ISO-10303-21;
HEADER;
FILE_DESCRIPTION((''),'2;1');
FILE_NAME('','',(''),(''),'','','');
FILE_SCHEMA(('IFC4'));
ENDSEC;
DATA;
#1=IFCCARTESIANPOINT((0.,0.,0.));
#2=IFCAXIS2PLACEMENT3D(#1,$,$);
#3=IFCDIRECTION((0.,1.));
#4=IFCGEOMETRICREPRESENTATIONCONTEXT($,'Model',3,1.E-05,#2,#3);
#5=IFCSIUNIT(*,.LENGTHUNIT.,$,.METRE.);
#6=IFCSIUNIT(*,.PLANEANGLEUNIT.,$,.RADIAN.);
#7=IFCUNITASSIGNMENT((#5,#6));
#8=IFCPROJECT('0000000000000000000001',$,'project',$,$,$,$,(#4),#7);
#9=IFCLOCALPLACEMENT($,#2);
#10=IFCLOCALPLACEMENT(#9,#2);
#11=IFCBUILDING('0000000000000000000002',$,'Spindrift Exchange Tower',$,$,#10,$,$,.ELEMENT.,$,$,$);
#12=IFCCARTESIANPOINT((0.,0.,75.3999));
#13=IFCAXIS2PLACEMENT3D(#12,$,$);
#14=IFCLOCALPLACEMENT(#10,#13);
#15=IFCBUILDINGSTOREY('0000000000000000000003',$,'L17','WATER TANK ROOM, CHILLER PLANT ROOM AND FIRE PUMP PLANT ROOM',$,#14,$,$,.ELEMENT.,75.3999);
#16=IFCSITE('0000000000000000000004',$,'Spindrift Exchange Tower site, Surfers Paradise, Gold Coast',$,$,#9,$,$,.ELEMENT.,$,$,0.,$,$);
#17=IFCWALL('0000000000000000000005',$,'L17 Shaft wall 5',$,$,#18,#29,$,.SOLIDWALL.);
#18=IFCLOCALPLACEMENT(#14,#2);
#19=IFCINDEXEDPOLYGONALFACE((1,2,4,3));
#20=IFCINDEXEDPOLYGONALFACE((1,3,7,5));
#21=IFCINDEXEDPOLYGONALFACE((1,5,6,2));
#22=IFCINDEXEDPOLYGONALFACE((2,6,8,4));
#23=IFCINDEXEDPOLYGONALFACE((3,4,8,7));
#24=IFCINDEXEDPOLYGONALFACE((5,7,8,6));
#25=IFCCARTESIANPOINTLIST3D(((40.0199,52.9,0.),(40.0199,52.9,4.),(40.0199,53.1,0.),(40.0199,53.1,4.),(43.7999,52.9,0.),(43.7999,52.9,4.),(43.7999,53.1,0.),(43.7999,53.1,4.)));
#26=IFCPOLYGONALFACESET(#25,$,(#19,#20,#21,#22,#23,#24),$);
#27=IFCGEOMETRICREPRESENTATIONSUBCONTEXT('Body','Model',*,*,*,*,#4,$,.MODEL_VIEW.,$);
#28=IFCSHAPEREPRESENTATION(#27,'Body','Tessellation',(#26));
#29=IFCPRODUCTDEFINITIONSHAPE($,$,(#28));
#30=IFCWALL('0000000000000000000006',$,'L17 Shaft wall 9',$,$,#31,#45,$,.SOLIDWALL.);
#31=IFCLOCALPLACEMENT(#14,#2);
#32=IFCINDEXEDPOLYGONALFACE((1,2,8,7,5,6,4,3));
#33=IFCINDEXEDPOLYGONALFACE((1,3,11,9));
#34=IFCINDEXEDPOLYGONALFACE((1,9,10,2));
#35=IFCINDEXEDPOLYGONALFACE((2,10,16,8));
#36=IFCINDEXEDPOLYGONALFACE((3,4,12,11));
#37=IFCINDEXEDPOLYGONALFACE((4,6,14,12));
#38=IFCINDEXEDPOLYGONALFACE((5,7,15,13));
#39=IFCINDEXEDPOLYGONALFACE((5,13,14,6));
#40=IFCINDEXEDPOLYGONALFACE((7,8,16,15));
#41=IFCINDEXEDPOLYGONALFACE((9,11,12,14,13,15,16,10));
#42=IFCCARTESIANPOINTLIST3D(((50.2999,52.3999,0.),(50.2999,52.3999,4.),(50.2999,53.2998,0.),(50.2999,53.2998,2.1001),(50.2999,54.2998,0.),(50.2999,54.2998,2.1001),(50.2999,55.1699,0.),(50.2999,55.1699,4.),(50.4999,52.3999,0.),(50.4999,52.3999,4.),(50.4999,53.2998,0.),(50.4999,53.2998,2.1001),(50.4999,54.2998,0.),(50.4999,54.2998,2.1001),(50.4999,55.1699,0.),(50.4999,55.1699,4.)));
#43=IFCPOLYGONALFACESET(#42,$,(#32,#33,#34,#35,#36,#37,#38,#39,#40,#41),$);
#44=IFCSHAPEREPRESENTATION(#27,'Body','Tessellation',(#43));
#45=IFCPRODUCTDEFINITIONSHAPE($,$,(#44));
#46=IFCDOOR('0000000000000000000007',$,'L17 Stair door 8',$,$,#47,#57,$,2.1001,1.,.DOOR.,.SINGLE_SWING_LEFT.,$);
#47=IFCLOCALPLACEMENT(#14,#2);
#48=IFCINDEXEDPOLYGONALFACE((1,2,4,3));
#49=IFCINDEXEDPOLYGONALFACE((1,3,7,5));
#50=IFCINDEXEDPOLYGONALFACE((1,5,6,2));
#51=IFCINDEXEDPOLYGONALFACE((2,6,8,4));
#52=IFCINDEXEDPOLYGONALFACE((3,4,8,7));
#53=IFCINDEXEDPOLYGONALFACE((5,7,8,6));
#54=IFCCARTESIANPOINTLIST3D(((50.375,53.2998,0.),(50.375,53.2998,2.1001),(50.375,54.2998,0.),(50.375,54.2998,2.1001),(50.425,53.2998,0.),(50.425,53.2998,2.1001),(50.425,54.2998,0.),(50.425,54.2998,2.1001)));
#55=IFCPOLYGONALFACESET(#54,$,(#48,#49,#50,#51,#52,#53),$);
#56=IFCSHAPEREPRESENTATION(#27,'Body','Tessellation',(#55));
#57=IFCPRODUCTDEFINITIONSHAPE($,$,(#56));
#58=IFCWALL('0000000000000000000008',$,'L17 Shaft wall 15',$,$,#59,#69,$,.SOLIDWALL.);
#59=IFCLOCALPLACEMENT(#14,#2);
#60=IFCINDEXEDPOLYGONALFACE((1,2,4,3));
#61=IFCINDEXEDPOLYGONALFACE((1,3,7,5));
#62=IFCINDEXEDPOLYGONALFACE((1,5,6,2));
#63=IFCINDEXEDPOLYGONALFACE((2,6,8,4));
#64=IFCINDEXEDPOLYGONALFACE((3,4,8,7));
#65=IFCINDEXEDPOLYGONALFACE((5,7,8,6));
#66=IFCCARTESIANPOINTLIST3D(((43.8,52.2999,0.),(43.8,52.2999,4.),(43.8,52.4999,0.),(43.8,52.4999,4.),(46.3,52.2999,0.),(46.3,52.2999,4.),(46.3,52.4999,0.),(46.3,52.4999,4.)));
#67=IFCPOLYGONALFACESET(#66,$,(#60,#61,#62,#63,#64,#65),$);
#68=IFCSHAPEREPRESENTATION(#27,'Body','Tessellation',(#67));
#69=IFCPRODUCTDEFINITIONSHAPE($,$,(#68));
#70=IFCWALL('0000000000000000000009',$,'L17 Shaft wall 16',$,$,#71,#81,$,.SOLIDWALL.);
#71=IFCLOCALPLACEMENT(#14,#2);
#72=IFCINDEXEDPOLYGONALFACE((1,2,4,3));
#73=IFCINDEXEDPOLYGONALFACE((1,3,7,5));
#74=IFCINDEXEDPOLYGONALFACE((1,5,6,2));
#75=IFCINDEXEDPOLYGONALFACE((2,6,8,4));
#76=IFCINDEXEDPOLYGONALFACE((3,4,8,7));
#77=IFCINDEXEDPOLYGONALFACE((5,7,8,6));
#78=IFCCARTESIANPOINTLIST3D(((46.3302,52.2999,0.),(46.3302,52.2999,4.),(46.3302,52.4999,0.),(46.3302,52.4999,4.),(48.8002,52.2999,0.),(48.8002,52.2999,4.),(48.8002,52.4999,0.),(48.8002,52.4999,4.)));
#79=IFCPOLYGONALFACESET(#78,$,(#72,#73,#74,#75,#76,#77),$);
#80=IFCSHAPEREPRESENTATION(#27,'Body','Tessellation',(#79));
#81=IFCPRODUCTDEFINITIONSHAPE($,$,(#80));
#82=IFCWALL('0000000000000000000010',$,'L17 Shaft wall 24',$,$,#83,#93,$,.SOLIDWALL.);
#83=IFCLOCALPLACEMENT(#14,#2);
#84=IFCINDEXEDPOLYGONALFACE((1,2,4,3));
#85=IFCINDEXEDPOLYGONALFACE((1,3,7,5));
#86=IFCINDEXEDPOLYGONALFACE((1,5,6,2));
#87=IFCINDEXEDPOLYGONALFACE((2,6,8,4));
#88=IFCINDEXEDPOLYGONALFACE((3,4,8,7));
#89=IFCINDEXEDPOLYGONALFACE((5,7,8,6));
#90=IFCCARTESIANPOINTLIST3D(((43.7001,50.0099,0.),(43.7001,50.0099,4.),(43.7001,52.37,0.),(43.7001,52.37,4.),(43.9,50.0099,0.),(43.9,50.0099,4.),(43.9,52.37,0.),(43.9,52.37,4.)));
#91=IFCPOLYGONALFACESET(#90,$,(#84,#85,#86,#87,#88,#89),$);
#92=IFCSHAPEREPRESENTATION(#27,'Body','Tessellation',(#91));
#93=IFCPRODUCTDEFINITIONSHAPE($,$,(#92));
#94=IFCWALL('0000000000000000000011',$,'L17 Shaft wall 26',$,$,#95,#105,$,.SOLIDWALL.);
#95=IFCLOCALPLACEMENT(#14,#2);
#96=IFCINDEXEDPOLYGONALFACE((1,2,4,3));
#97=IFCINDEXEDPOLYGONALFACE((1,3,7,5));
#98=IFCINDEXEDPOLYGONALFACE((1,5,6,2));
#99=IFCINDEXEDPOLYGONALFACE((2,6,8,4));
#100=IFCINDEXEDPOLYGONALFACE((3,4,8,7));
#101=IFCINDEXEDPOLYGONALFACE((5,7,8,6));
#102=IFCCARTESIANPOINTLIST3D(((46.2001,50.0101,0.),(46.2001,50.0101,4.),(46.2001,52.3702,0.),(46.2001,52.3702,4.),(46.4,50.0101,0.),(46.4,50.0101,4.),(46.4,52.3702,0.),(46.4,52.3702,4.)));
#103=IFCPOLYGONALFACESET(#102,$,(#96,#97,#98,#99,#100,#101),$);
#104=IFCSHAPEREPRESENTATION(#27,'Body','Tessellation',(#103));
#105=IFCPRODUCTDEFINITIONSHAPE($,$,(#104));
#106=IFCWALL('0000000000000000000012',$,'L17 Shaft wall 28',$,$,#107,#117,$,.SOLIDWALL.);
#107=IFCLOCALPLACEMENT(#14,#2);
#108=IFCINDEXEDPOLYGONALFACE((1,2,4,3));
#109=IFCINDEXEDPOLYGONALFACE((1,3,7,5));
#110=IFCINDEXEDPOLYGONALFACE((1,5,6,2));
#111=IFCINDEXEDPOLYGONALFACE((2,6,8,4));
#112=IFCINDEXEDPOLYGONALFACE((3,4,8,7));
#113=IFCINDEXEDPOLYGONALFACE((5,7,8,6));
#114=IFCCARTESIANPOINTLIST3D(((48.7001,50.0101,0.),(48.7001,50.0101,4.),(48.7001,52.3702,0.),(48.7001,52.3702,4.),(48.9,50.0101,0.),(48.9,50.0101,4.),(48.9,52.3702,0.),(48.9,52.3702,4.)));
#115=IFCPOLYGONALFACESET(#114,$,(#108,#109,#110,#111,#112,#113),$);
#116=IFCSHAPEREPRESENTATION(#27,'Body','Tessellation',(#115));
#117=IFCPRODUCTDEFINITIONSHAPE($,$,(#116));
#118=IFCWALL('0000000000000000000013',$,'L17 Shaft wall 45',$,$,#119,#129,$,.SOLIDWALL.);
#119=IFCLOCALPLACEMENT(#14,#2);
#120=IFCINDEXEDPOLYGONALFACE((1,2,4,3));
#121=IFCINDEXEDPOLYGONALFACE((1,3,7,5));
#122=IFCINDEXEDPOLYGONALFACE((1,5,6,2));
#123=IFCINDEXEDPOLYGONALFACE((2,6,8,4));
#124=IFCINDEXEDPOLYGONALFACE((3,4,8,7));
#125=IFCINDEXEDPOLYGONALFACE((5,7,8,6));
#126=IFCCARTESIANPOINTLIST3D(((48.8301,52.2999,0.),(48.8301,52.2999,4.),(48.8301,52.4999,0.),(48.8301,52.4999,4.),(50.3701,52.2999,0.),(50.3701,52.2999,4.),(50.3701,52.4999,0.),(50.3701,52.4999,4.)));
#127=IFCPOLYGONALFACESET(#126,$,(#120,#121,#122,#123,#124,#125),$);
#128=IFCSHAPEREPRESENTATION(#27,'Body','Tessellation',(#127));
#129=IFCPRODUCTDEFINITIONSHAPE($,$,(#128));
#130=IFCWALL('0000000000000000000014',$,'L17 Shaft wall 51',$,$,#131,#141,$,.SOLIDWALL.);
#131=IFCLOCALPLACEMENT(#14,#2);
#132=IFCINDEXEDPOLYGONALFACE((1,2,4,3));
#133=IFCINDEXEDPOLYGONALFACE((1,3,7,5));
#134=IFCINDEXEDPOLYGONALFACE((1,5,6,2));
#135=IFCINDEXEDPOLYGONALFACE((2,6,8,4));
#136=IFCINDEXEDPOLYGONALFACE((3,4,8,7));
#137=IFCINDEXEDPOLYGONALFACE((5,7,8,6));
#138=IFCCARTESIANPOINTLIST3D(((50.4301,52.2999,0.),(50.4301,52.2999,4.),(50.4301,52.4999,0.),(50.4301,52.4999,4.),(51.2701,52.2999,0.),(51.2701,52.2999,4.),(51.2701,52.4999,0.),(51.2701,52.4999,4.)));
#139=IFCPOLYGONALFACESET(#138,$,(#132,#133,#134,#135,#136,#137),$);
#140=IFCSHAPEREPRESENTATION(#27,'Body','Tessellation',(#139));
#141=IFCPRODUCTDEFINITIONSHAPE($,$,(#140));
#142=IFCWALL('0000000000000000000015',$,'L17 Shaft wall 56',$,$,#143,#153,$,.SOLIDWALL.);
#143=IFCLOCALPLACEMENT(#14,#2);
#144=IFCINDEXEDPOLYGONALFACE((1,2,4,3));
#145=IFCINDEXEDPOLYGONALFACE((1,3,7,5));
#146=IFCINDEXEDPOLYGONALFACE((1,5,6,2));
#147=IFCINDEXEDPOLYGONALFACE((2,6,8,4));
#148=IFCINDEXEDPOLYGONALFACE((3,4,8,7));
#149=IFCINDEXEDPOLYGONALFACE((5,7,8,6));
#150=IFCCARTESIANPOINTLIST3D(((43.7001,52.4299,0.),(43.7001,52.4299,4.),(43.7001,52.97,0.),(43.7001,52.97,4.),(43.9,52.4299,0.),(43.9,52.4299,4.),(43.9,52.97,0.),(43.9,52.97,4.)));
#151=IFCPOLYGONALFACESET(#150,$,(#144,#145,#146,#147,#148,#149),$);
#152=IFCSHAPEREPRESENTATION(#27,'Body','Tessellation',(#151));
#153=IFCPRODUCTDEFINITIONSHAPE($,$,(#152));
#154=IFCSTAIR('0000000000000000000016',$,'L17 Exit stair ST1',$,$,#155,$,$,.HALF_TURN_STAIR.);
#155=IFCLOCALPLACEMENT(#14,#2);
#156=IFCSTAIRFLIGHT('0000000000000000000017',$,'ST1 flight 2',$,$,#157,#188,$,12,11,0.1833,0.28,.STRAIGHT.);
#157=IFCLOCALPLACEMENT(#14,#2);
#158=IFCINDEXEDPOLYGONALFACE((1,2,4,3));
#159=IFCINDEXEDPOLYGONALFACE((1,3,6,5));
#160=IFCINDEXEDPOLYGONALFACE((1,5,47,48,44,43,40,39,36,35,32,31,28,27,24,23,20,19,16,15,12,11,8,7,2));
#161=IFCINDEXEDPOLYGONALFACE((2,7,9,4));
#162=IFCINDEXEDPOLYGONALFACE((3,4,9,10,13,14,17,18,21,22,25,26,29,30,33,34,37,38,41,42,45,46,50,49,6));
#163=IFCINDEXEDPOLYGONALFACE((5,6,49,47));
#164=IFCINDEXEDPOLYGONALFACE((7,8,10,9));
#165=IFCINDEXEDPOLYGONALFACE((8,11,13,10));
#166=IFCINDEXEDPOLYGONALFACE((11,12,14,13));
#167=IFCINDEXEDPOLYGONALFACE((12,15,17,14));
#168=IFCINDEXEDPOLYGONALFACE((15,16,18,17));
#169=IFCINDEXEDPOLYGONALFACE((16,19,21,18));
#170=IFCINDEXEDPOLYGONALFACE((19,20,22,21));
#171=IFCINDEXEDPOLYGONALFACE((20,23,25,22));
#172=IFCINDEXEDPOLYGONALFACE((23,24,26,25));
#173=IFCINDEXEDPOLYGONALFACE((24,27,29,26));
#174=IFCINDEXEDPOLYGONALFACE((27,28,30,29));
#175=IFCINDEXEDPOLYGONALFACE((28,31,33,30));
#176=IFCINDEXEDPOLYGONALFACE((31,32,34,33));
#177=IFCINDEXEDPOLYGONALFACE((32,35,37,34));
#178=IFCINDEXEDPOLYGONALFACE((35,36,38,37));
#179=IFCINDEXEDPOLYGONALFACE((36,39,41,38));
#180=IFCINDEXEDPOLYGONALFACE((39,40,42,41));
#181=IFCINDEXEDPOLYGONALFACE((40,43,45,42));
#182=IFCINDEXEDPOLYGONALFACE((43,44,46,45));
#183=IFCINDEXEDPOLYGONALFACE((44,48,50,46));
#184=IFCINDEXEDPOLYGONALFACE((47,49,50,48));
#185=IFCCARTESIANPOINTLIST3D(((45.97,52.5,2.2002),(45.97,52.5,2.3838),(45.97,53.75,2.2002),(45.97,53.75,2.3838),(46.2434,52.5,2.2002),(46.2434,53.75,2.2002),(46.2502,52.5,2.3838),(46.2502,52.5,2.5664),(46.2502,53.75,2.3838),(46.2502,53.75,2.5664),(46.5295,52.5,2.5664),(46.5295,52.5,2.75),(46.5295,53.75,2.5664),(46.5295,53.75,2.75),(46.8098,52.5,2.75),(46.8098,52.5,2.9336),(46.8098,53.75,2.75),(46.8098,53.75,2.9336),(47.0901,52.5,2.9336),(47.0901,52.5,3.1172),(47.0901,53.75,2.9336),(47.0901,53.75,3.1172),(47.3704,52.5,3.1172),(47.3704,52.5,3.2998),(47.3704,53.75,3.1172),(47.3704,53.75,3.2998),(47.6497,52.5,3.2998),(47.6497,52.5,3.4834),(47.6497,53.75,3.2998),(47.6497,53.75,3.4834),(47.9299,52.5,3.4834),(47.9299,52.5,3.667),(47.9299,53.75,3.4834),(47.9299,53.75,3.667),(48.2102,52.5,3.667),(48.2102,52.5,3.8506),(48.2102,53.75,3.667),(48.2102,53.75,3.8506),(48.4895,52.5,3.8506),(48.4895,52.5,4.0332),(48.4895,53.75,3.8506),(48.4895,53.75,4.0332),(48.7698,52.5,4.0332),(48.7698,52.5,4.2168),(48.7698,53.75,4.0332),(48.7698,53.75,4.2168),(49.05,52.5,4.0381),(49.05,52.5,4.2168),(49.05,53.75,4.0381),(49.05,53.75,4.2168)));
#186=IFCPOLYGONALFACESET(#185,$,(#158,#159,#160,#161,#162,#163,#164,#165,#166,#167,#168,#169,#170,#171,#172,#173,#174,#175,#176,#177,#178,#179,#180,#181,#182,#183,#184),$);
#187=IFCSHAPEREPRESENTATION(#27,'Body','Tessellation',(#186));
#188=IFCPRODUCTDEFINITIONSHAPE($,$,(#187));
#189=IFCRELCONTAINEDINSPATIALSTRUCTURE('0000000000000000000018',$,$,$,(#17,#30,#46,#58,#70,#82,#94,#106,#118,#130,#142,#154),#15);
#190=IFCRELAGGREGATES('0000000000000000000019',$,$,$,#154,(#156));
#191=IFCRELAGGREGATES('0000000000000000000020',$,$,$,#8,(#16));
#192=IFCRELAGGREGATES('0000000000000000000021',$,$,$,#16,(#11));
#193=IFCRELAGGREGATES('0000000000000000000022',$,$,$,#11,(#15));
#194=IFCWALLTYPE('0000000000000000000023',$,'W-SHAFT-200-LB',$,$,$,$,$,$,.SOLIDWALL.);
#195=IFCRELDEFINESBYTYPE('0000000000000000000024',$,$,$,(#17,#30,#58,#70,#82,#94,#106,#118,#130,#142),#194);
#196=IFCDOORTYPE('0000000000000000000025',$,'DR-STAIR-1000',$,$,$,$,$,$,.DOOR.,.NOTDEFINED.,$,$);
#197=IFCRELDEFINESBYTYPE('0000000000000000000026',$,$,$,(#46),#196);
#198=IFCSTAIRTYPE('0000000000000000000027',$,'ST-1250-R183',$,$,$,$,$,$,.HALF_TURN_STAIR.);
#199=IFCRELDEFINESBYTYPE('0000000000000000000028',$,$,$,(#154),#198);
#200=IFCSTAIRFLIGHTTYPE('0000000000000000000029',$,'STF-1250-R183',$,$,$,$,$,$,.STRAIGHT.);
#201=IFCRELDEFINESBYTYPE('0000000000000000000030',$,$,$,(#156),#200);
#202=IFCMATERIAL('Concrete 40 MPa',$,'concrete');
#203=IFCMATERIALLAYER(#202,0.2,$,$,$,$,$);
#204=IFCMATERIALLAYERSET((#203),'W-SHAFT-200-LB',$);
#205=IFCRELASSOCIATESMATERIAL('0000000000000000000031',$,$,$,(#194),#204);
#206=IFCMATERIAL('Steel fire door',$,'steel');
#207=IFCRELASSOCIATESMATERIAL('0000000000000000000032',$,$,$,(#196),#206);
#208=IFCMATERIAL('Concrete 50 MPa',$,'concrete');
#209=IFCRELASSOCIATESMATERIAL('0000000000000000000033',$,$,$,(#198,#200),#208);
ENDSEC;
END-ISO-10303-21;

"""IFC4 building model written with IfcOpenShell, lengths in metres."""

from ifc_helpers import new_model, si_unit, direction, frame, frame_2d, origin, place, context, subcontext, project, spatial, line, indexed_curve, rectangle, outline, extrude, source, transform, mapped, material, layer, layer_set, type_object, element, fill, aggregate, save


model = new_model("IFC4")

# Units and contexts
model_context = context("Model", 3, precision=1e-05, world=origin(), true_north=direction((0.0, 1.0)))
body_context = subcontext(model_context, "Body", "Model", "MODEL_VIEW")
ifc_project = project(units=[si_unit("LENGTHUNIT", "METRE"), si_unit("PLANEANGLEUNIT", "RADIAN")], contexts=[model_context])

# Site, building, storey
site_placement = place(None, origin())
site = spatial("IfcSite", under=ifc_project, at=site_placement, Name="Spindrift Exchange Tower site, Surfers Paradise, Gold Coast", CompositionType="ELEMENT", RefElevation=0.0)
building_placement = place(site_placement, origin())
building = spatial("IfcBuilding", under=site, at=building_placement, Name="Spindrift Exchange Tower", CompositionType="ELEMENT")
storey_placement = place(building_placement, frame((0.0, 0.0, 75.3999)))
storey = spatial("IfcBuildingStorey", under=building, at=storey_placement, Name="L17", Description="WATER TANK ROOM, CHILLER PLANT ROOM AND FIRE PUMP PLANT ROOM", CompositionType="ELEMENT", Elevation=75.3999)

# Wall
ifc_material_1 = material(Name="Concrete 40 MPa", Category="concrete")
ifc_layer = layer(ifc_material_1, 0.2)
ifc_layer_set = layer_set([ifc_layer], Name="W-SHAFT-200-LB")
wall_type = type_object("IfcWallType", Name="W-SHAFT-200-LB", PredefinedType="SOLIDWALL", material=ifc_layer_set)
wall_1_placement = place(storey_placement, frame((43.8, 53.0, 0.0), z_axis=(0.0, 0.0, 1.0), x_axis=(-1.0, 0.0, 0.0)))
element("IfcWall", 1, at=wall_1_placement, inside=storey, type_object=wall_type, Name="L17 Shaft wall 5", PredefinedType="SOLIDWALL", context=body_context, shape_type="SweptSolid", body=[
    extrude(rectangle(XDim=3.78, YDim=0.2, at=frame_2d((1.8901, 0.0))), origin(), (0.0, 0.0, 1.0), 4.0),
])

# Wall, opening, door
wall_2_placement = place(storey_placement, frame((50.3999, 52.3999, 0.0), z_axis=(0.0, 0.0, 1.0), x_axis=(0.0, 1.0, 0.0)))
wall_2 = element("IfcWall", 2, at=wall_2_placement, inside=storey, type_object=wall_type, Name="L17 Shaft wall 9", PredefinedType="SOLIDWALL", context=body_context, shape_type="SweptSolid", body=[
    extrude(rectangle(XDim=2.77, YDim=0.2, at=frame_2d((1.385, 0.0))), origin(), (0.0, 0.0, 1.0), 4.0),
])
opening_placement = place(wall_2_placement, frame((0.8999, 0.0, 0.0)))
opening = element("IfcOpeningElement", 3, at=opening_placement, cuts=wall_2, PredefinedType="OPENING", context=body_context, shape_type="SweptSolid", body=[
    extrude(rectangle(XDim=1.0, YDim=2.1001, at=frame_2d((0.5, 1.05))), frame((0.0, 0.1099, 0.0), z_axis=(0.0, -1.0, 0.0), x_axis=(1.0, 0.0, 0.0)), (0.0, 0.0, 1.0), 0.22),
])
ifc_material_2 = material(Name="Steel fire door", Category="steel")
door_type = type_object("IfcDoorType", Name="DR-STAIR-1000", OperationType="NOTDEFINED", PredefinedType="DOOR", material=ifc_material_2)
shared_shape = source(origin(), body_context, "Body", "SweptSolid", [
    extrude(rectangle(XDim=1.0, YDim=2.1001, at=frame_2d((0.5, 1.05))), frame((0.0, 0.0249, 0.0), z_axis=(0.0, -1.0, 0.0), x_axis=(1.0, 0.0, 0.0)), (0.0, 0.0, 1.0), 0.05),
])
door_placement = place(opening_placement, origin())
door = element("IfcDoor", 4, at=door_placement, inside=storey, type_object=door_type, Name="L17 Stair door 8", OperationType="SINGLE_SWING_LEFT", OverallHeight=2.1001, OverallWidth=1.0, PredefinedType="DOOR", context=body_context, shape_type="MappedRepresentation", body=[
    mapped(shared_shape, transform((0.0, 0.0, 0.0), scale=1.0)),
])
fill(opening, door)

# Walls
wall_3_placement = place(storey_placement, frame((46.3, 52.3999, 0.0), z_axis=(0.0, 0.0, 1.0), x_axis=(-1.0, 0.0, 0.0)))
element("IfcWall", 5, at=wall_3_placement, inside=storey, type_object=wall_type, Name="L17 Shaft wall 15", PredefinedType="SOLIDWALL", context=body_context, shape_type="SweptSolid", body=[
    extrude(rectangle(XDim=2.5, YDim=0.2, at=frame_2d((1.25, 0.0))), origin(), (0.0, 0.0, 1.0), 4.0),
])
wall_4_placement = place(storey_placement, frame((48.8, 52.3999, 0.0), z_axis=(0.0, 0.0, 1.0), x_axis=(-1.0, 0.0, 0.0)))
element("IfcWall", 6, at=wall_4_placement, inside=storey, type_object=wall_type, Name="L17 Shaft wall 16", PredefinedType="SOLIDWALL", context=body_context, shape_type="SweptSolid", body=[
    extrude(rectangle(XDim=2.47, YDim=0.2, at=frame_2d((1.2349, 0.0))), origin(), (0.0, 0.0, 1.0), 4.0),
])
for number, where, z_axis, x_axis, name in (
    (7, (43.8, 52.3701, 0.0), (0.0, 0.0, 1.0), (0.0, -1.0, 0.0), "L17 Shaft wall 24"),
    (8, (46.3, 50.01, 0.0), (0.0, 0.0, 1.0), (0.0, 1.0, 0.0), "L17 Shaft wall 26"),
    (9, (48.8, 50.01, 0.0), (0.0, 0.0, 1.0), (0.0, 1.0, 0.0), "L17 Shaft wall 28"),
):
    element("IfcWall", number, at=place(storey_placement, frame(where, z_axis=z_axis, x_axis=x_axis)), inside=storey, type_object=wall_type, Name=name, PredefinedType="SOLIDWALL", context=body_context, shape_type="SweptSolid", body=[
        extrude(rectangle(XDim=2.3601, YDim=0.2, at=frame_2d((1.1802, 0.0))), origin(), (0.0, 0.0, 1.0), 4.0),
    ])
wall_5_placement = place(storey_placement, frame((50.3701, 52.3999, 0.0), z_axis=(0.0, 0.0, 1.0), x_axis=(-1.0, 0.0, 0.0)))
element("IfcWall", 10, at=wall_5_placement, inside=storey, type_object=wall_type, Name="L17 Shaft wall 45", PredefinedType="SOLIDWALL", context=body_context, shape_type="SweptSolid", body=[
    extrude(rectangle(XDim=1.54, YDim=0.2, at=frame_2d((0.77, 0.0))), origin(), (0.0, 0.0, 1.0), 4.0),
])
wall_6_placement = place(storey_placement, frame((51.27, 52.3999, 0.0), z_axis=(0.0, 0.0, 1.0), x_axis=(-1.0, 0.0, 0.0)))
element("IfcWall", 11, at=wall_6_placement, inside=storey, type_object=wall_type, Name="L17 Shaft wall 51", PredefinedType="SOLIDWALL", context=body_context, shape_type="SweptSolid", body=[
    extrude(rectangle(XDim=0.8401, YDim=0.2, at=frame_2d((0.4199, 0.0))), origin(), (0.0, 0.0, 1.0), 4.0),
])
wall_7_placement = place(storey_placement, frame((43.8, 52.4299, 0.0), z_axis=(0.0, 0.0, 1.0), x_axis=(0.0, 1.0, 0.0)))
element("IfcWall", 12, at=wall_7_placement, inside=storey, type_object=wall_type, Name="L17 Shaft wall 56", PredefinedType="SOLIDWALL", context=body_context, shape_type="SweptSolid", body=[
    extrude(rectangle(XDim=0.54, YDim=0.2, at=frame_2d((0.27, 0.0))), origin(), (0.0, 0.0, 1.0), 4.0),
])

# Stair, stair flight
ifc_material_3 = material(Name="Concrete 50 MPa", Category="concrete")
stair_type = type_object("IfcStairType", Name="ST-1250-R183", PredefinedType="HALF_TURN_STAIR", material=ifc_material_3)
stair_placement = place(storey_placement, origin())
stair = element("IfcStair", 13, at=stair_placement, inside=storey, type_object=stair_type, Name="L17 Exit stair ST1", PredefinedType="HALF_TURN_STAIR")
stair_flight_type = type_object("IfcStairFlightType", Name="STF-1250-R183", PredefinedType="STRAIGHT", material=ifc_material_3)
stair_flight_placement = place(storey_placement, frame((45.97, 53.125, 2.2002), z_axis=(0.0, 0.0, 1.0), x_axis=(1.0, 0.0, 0.0)))
stair_flight = element("IfcStairFlight", 14, at=stair_flight_placement, type_object=stair_flight_type, Name="ST1 flight 2", NumberOfRisers=12, NumberOfTreads=11, PredefinedType="STRAIGHT", RiserHeight=0.1833, TreadLength=0.28, context=body_context, shape_type="SweptSolid", body=[
    extrude(outline(indexed_curve([(0.0, 0.0), (0.0, 0.1836), (0.2803, 0.1836), (0.2803, 0.3662), (0.5596, 0.3662), (0.5596, 0.5498), (0.8398, 0.5498), (0.8398, 0.7334), (1.1201, 0.7334), (1.1201, 0.917), (1.4004, 0.917), (1.4004, 1.0996), (1.6797, 1.0996), (1.6797, 1.2832), (1.96, 1.2832), (1.96, 1.4668), (2.2402, 1.4668), (2.2402, 1.6504), (2.5195, 1.6504), (2.5195, 1.833), (2.7998, 1.833), (2.7998, 2.0166), (3.0801, 2.0166), (3.0801, 2.2002), (3.0801, 1.8379), (0.2734, 0.0)], segments=[line(1, 2, 3, 4, 5, 6, 7, 8, 9, 10, 11, 12, 13, 14, 15, 16, 17, 18, 19, 20, 21, 22, 23, 24, 25, 26, 1)], self_intersect=False)), frame((0.0, 0.625, 0.0), z_axis=(0.0, -1.0, 0.0), x_axis=(1.0, 0.0, 0.0)), (0.0, 0.0, 1.0), 1.25),
])
aggregate(stair, [stair_flight])

save(model, "model.ifc")
